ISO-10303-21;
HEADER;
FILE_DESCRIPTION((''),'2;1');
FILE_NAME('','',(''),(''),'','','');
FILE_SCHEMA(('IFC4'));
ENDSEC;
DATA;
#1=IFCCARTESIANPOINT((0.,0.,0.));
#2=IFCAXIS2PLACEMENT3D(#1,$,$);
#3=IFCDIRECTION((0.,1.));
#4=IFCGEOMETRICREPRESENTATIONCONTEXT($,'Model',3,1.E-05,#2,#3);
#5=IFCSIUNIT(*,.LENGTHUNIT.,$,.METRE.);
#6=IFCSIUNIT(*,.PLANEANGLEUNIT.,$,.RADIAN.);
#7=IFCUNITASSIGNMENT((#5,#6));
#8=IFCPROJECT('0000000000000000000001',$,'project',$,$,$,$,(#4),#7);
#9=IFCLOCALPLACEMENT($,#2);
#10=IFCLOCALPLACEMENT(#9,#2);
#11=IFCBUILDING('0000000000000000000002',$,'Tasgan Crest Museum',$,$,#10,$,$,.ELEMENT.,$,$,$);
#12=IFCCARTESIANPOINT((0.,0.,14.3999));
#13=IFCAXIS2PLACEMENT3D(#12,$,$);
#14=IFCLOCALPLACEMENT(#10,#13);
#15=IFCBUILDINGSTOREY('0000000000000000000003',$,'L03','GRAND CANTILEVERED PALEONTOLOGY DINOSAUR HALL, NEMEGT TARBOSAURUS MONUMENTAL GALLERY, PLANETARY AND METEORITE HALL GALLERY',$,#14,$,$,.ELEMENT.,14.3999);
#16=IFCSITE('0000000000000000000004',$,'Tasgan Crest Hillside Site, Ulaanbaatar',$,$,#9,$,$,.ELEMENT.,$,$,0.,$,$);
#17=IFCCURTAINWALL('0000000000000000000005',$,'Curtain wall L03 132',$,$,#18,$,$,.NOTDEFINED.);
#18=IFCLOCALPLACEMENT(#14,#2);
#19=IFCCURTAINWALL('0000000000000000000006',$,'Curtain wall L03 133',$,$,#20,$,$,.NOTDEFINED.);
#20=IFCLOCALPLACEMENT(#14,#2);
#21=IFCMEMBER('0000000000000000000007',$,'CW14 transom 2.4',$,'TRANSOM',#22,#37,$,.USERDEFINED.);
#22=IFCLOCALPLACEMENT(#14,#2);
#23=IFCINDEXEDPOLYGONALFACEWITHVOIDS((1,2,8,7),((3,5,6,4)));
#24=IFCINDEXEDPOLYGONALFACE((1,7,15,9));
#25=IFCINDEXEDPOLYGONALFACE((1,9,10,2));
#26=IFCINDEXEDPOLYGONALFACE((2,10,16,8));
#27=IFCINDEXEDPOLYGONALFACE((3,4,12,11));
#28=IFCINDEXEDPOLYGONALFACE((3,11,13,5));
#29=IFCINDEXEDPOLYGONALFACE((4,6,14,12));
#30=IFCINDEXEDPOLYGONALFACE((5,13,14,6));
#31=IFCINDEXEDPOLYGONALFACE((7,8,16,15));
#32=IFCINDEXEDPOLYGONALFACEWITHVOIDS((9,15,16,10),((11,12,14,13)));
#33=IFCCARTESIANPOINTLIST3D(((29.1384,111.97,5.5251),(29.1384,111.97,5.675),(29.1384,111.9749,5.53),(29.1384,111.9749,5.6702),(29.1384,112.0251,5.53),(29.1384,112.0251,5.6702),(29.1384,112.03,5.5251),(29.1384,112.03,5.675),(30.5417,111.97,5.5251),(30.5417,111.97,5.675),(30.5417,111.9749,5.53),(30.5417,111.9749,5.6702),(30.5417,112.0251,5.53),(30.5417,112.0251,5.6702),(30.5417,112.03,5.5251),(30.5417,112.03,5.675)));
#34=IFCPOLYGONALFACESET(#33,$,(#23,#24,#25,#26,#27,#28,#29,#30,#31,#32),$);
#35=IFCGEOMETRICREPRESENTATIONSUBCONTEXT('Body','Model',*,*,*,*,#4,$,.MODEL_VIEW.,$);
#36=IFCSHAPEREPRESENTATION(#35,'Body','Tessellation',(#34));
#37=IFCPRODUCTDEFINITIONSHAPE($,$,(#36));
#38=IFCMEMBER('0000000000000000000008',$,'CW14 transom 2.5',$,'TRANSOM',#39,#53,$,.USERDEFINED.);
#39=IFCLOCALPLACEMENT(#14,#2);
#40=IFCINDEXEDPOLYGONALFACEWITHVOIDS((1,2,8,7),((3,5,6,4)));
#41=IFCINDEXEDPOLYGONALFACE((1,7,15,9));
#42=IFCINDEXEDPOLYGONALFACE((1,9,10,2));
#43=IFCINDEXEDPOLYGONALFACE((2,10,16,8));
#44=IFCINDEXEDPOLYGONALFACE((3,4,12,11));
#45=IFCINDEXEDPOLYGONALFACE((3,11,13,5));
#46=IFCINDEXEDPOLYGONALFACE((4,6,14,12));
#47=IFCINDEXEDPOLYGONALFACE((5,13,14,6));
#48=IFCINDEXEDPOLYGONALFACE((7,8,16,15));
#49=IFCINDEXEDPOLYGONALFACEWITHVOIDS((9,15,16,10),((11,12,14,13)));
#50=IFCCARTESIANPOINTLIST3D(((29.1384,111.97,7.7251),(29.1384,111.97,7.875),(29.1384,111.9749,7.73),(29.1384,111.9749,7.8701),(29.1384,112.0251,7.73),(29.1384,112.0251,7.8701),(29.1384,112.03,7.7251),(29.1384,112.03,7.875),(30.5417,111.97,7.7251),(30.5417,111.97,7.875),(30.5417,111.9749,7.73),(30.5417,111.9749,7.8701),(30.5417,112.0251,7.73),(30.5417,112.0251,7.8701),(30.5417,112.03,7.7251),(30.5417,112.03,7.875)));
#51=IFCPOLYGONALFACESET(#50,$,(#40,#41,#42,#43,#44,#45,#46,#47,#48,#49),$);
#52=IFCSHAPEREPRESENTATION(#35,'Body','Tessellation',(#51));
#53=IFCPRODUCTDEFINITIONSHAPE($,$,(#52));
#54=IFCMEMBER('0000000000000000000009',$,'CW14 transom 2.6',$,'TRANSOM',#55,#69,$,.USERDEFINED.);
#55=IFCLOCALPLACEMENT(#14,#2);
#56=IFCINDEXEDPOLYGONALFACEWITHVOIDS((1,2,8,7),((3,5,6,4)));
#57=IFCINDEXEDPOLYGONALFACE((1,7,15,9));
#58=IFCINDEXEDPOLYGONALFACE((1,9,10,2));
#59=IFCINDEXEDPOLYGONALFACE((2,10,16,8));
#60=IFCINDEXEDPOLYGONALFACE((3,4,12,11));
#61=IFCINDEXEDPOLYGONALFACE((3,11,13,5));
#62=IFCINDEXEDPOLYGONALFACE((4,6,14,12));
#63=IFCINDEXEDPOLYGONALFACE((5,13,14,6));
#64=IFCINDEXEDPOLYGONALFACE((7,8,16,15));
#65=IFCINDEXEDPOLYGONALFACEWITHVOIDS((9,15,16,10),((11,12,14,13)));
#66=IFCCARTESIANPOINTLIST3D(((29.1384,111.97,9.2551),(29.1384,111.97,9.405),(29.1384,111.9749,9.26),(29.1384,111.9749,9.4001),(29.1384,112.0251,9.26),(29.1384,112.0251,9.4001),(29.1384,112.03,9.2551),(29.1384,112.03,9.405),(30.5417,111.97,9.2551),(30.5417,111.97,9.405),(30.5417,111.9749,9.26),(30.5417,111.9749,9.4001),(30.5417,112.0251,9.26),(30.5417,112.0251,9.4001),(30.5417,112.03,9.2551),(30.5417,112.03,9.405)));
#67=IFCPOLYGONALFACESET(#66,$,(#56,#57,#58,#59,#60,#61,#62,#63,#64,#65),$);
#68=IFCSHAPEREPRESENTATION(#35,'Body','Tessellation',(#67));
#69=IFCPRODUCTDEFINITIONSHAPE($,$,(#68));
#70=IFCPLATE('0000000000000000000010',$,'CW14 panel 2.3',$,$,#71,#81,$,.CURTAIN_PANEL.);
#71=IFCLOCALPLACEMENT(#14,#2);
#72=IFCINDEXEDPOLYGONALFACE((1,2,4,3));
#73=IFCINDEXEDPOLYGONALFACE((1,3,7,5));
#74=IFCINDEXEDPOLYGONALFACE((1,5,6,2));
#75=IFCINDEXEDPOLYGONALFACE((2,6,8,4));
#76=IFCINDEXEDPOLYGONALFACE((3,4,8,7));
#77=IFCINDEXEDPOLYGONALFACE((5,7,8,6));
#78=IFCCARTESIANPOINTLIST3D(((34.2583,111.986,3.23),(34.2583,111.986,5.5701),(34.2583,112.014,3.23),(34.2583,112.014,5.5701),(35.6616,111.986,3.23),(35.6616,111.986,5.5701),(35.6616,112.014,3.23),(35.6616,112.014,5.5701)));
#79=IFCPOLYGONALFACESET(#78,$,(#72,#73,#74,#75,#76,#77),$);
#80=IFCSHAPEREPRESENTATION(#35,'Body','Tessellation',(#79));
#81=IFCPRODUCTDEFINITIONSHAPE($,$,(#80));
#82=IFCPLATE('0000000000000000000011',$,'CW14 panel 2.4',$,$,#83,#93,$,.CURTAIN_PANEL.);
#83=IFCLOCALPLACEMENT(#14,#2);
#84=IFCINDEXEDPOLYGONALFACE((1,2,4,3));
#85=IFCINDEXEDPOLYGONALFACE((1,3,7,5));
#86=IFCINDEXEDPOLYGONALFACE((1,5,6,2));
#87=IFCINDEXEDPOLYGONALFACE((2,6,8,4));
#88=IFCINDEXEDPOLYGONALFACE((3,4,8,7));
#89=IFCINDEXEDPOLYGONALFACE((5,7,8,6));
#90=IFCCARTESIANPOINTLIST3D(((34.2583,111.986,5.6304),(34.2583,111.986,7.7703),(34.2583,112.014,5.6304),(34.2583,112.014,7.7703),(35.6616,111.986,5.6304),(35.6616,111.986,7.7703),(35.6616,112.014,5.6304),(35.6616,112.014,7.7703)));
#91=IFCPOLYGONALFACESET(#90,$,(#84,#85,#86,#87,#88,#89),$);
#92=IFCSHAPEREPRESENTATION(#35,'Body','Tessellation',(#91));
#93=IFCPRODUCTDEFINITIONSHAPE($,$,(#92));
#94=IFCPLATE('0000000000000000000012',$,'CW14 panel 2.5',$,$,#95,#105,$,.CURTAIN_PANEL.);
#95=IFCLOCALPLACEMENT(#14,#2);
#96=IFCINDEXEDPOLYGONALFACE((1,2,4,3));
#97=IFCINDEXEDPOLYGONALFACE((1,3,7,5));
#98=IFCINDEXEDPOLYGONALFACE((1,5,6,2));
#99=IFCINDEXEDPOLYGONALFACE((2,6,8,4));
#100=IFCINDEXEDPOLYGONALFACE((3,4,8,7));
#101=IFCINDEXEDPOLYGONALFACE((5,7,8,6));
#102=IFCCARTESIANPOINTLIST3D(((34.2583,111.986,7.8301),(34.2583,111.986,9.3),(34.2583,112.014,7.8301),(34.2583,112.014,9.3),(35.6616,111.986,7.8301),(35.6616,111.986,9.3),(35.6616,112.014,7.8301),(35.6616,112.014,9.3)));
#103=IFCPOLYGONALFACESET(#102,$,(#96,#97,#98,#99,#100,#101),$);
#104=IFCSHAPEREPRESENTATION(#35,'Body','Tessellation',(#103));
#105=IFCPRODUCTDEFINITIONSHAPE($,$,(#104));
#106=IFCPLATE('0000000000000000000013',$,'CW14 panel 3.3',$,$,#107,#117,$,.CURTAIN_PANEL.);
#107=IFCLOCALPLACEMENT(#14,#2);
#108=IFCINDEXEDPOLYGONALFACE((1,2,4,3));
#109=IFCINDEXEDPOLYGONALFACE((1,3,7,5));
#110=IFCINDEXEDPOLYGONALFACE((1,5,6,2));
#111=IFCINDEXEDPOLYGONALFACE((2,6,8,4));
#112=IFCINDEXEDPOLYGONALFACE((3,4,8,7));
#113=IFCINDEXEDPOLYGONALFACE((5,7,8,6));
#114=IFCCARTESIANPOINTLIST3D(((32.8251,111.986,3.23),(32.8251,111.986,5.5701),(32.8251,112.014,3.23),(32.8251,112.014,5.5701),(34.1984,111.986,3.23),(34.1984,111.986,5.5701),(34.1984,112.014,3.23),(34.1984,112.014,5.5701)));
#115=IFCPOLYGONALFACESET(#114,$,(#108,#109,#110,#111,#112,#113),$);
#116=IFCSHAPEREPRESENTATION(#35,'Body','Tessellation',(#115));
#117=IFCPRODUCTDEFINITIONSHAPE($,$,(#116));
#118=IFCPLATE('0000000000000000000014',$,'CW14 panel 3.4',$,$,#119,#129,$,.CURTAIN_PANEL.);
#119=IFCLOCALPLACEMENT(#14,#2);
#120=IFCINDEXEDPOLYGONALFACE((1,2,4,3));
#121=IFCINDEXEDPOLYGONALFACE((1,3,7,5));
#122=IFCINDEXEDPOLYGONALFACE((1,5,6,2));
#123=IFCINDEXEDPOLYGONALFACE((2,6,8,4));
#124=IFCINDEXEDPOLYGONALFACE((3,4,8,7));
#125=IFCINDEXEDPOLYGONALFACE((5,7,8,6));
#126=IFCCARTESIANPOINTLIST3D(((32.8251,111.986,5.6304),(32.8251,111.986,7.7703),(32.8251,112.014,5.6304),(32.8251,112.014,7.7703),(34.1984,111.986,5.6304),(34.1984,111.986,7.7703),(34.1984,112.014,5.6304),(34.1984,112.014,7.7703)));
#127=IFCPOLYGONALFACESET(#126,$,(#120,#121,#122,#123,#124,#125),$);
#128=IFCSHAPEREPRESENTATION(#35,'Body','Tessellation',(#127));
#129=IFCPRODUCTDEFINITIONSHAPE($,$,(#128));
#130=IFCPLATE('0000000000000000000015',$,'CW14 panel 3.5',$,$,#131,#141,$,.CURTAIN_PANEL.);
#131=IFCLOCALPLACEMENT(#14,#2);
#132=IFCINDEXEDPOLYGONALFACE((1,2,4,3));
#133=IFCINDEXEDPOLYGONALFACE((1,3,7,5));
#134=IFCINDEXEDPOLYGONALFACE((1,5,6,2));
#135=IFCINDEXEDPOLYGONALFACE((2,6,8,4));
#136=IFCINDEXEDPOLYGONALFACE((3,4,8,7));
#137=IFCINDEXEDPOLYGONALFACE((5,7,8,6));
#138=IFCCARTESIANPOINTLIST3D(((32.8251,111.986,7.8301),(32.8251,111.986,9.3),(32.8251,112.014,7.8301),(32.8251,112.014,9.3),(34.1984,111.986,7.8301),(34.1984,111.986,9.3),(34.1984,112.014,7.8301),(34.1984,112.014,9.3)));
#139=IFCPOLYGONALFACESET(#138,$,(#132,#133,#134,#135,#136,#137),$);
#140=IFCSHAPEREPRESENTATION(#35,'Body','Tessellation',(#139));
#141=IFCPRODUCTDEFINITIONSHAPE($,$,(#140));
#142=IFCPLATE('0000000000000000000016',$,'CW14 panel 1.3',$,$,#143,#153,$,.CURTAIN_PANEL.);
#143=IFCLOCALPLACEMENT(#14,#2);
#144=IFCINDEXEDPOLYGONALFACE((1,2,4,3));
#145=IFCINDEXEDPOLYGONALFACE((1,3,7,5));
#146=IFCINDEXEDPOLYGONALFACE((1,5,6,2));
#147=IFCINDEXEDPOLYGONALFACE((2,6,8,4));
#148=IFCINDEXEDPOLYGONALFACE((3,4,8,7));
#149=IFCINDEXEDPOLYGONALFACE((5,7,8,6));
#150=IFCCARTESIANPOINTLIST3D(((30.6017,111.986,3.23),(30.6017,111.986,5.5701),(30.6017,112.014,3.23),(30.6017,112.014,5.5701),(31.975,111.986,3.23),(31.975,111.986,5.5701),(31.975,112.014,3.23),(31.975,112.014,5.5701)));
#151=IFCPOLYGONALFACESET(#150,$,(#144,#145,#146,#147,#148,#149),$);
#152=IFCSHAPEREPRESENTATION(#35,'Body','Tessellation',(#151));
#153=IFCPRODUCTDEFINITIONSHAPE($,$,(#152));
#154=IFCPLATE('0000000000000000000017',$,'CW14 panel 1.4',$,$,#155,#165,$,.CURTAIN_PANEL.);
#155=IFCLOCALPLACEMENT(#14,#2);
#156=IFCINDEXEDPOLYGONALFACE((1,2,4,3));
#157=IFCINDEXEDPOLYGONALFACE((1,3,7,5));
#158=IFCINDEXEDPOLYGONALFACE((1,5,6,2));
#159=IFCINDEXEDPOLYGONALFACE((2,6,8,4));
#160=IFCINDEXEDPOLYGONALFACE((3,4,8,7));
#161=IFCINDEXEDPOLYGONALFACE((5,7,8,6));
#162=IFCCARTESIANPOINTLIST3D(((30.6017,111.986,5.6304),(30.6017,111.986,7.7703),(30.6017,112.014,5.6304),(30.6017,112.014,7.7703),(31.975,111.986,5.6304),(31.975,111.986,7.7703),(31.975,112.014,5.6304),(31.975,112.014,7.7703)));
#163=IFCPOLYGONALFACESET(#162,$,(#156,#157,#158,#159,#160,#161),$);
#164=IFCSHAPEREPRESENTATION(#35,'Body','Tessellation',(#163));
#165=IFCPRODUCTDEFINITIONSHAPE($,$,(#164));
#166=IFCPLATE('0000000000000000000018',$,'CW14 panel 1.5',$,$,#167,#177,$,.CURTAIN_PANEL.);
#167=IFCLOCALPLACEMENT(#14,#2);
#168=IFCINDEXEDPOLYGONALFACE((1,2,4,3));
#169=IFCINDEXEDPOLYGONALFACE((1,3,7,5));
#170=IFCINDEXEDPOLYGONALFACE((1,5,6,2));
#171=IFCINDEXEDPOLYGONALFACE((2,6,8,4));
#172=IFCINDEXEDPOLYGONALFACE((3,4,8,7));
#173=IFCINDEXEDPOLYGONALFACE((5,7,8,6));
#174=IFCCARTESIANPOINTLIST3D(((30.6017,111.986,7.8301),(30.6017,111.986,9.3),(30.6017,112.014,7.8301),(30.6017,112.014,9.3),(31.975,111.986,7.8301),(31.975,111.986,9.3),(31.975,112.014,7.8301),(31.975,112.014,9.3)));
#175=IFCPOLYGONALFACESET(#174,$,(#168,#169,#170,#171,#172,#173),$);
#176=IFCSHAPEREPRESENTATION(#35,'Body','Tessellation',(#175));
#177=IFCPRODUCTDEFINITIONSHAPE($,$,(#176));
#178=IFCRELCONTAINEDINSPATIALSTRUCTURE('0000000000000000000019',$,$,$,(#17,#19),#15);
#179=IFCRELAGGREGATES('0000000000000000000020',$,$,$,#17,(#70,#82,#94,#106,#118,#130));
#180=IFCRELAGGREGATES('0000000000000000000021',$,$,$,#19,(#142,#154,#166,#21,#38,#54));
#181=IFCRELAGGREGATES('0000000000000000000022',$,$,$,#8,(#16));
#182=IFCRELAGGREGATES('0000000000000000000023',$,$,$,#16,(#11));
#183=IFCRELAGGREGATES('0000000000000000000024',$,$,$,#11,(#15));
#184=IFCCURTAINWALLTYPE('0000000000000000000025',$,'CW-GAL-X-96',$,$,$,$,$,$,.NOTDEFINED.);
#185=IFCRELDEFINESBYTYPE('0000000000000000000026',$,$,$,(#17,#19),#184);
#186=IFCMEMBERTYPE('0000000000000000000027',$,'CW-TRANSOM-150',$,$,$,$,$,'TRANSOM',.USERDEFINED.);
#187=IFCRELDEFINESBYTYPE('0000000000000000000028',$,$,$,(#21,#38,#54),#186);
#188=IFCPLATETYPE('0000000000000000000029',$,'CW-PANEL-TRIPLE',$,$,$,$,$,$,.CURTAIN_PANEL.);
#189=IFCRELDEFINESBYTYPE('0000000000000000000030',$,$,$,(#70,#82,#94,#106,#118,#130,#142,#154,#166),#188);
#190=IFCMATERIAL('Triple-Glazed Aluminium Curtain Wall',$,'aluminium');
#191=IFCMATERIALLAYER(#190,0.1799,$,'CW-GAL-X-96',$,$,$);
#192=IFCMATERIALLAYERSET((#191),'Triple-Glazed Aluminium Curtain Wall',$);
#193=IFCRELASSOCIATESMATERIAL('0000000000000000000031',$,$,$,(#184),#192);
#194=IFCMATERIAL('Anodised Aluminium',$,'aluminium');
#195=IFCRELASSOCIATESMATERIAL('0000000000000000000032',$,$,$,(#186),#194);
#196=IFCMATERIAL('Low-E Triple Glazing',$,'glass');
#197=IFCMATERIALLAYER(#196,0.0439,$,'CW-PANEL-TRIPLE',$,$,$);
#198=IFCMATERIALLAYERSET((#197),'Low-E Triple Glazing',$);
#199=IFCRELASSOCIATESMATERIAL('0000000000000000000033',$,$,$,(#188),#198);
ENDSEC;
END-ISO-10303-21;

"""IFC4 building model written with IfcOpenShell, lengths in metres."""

from ifc_helpers import new_model, si_unit, direction, frame, origin, origin_2d, place, context, subcontext, project, spatial, rectangle, hollow_rectangle, extrude, material, layer, layer_set, material_profile, profile_set, type_object, element, aggregate, save


model = new_model("IFC4")

# Units and contexts
model_context = context("Model", 3, precision=1e-05, world=origin(), true_north=direction((0.0, 1.0)))
body_context = subcontext(model_context, "Body", "Model", "MODEL_VIEW")
ifc_project = project(units=[si_unit("LENGTHUNIT", "METRE"), si_unit("PLANEANGLEUNIT", "RADIAN")], contexts=[model_context])

# Site, building, storey
site_placement = place(None, origin())
site = spatial("IfcSite", under=ifc_project, at=site_placement, Name="Tasgan Crest Hillside Site, Ulaanbaatar", CompositionType="ELEMENT", RefElevation=0.0)
building_placement = place(site_placement, origin())
building = spatial("IfcBuilding", under=site, at=building_placement, Name="Tasgan Crest Museum", CompositionType="ELEMENT")
storey_placement = place(building_placement, frame((0.0, 0.0, 14.3999)))
storey = spatial("IfcBuildingStorey", under=building, at=storey_placement, Name="L03", Description="GRAND CANTILEVERED PALEONTOLOGY DINOSAUR HALL, NEMEGT TARBOSAURUS MONUMENTAL GALLERY, PLANETARY AND METEORITE HALL GALLERY", CompositionType="ELEMENT", Elevation=14.3999)

# Curtain walls, members
ifc_material_1 = material(Name="Triple-Glazed Aluminium Curtain Wall", Category="aluminium")
ifc_layer_1 = layer(ifc_material_1, 0.1799, Name="CW-GAL-X-96")
ifc_layer_set_1 = layer_set([ifc_layer_1], Name="Triple-Glazed Aluminium Curtain Wall")
curtain_wall_type = type_object("IfcCurtainWallType", Name="CW-GAL-X-96", PredefinedType="NOTDEFINED", material=ifc_layer_set_1)
curtain_wall_1_placement = place(storey_placement, origin())
curtain_wall_1 = element("IfcCurtainWall", 1, at=curtain_wall_1_placement, inside=storey, type_object=curtain_wall_type, Name="Curtain wall L03 132", PredefinedType="NOTDEFINED")
ifc_material_2 = material(Name="Anodised Aluminium", Category="aluminium")
ifc_material_profile = material_profile(ifc_material_2, hollow_rectangle(XDim=0.0601, YDim=0.1499, WallThickness=0.0049, at=origin_2d()), Name="ALU TRANSOM 150x60x5")
ifc_profile_set = profile_set([ifc_material_profile], Name="Anodised Aluminium")
member_type = type_object("IfcMemberType", Name="CW-TRANSOM-150", ElementType="TRANSOM", PredefinedType="USERDEFINED", material=ifc_profile_set)
curtain_wall_2_placement = place(storey_placement, origin())
curtain_wall_2 = element("IfcCurtainWall", 2, at=curtain_wall_2_placement, inside=storey, type_object=curtain_wall_type, Name="Curtain wall L03 133", PredefinedType="NOTDEFINED")
member_1_placement = place(storey_placement, frame((30.5417, 112.0, 5.6001), z_axis=(-1.0, 0.0, 0.0), x_axis=(0.0, -1.0, 0.0)))
member_1 = element("IfcMember", 3, at=member_1_placement, type_object=member_type, Name="CW14 transom 2.4", ObjectType="TRANSOM", PredefinedType="USERDEFINED", context=body_context, shape_type="SweptSolid", body=[
    extrude(hollow_rectangle(XDim=0.0601, YDim=0.1499, WallThickness=0.0049, at=origin_2d()), origin(), (0.0, 0.0, 1.0), 1.4033),
])
member_2_placement = place(storey_placement, frame((30.5417, 112.0, 7.8), z_axis=(-1.0, 0.0, 0.0), x_axis=(0.0, -1.0, 0.0)))
member_2 = element("IfcMember", 4, at=member_2_placement, type_object=member_type, Name="CW14 transom 2.5", ObjectType="TRANSOM", PredefinedType="USERDEFINED", context=body_context, shape_type="SweptSolid", body=[
    extrude(hollow_rectangle(XDim=0.0601, YDim=0.1499, WallThickness=0.0049, at=origin_2d()), origin(), (0.0, 0.0, 1.0), 1.4033),
])
member_3_placement = place(storey_placement, frame((30.5417, 112.0, 9.3301), z_axis=(-1.0, 0.0, 0.0), x_axis=(0.0, -1.0, 0.0)))
member_3 = element("IfcMember", 5, at=member_3_placement, type_object=member_type, Name="CW14 transom 2.6", ObjectType="TRANSOM", PredefinedType="USERDEFINED", context=body_context, shape_type="SweptSolid", body=[
    extrude(hollow_rectangle(XDim=0.0601, YDim=0.1499, WallThickness=0.0049, at=origin_2d()), origin(), (0.0, 0.0, 1.0), 1.4033),
])

# Plates
ifc_material_3 = material(Name="Low-E Triple Glazing", Category="glass")
ifc_layer_2 = layer(ifc_material_3, 0.0439, Name="CW-PANEL-TRIPLE")
ifc_layer_set_2 = layer_set([ifc_layer_2], Name="Low-E Triple Glazing")
plate_type = type_object("IfcPlateType", Name="CW-PANEL-TRIPLE", PredefinedType="CURTAIN_PANEL", material=ifc_layer_set_2)
plate_1_placement = place(storey_placement, frame((34.96, 112.0, 3.23), z_axis=(0.0, 0.0, 1.0), x_axis=(-1.0, 0.0, 0.0)))
plate_1 = element("IfcPlate", 6, at=plate_1_placement, type_object=plate_type, Name="CW14 panel 2.3", PredefinedType="CURTAIN_PANEL", context=body_context, shape_type="SweptSolid", body=[
    extrude(rectangle(XDim=1.4033, YDim=0.0281, at=origin_2d()), origin(), (0.0, 0.0, 1.0), 2.3401),
])
plate_2_placement = place(storey_placement, frame((34.96, 112.0, 5.6304), z_axis=(0.0, 0.0, 1.0), x_axis=(-1.0, 0.0, 0.0)))
plate_2 = element("IfcPlate", 7, at=plate_2_placement, type_object=plate_type, Name="CW14 panel 2.4", PredefinedType="CURTAIN_PANEL", context=body_context, shape_type="SweptSolid", body=[
    extrude(rectangle(XDim=1.4033, YDim=0.0281, at=origin_2d()), origin(), (0.0, 0.0, 1.0), 2.1399),
])
plate_3_placement = place(storey_placement, frame((34.96, 112.0, 7.8301), z_axis=(0.0, 0.0, 1.0), x_axis=(-1.0, 0.0, 0.0)))
plate_3 = element("IfcPlate", 8, at=plate_3_placement, type_object=plate_type, Name="CW14 panel 2.5", PredefinedType="CURTAIN_PANEL", context=body_context, shape_type="SweptSolid", body=[
    extrude(rectangle(XDim=1.4033, YDim=0.0281, at=origin_2d()), origin(), (0.0, 0.0, 1.0), 1.47),
])
plate_4_placement = place(storey_placement, frame((33.5117, 112.0, 3.23), z_axis=(0.0, 0.0, 1.0), x_axis=(-1.0, 0.0, 0.0)))
plate_4 = element("IfcPlate", 9, at=plate_4_placement, type_object=plate_type, Name="CW14 panel 3.3", PredefinedType="CURTAIN_PANEL", context=body_context, shape_type="SweptSolid", body=[
    extrude(rectangle(XDim=1.3733, YDim=0.0281, at=origin_2d()), origin(), (0.0, 0.0, 1.0), 2.3401),
])
plate_5_placement = place(storey_placement, frame((33.5117, 112.0, 5.6304), z_axis=(0.0, 0.0, 1.0), x_axis=(-1.0, 0.0, 0.0)))
plate_5 = element("IfcPlate", 10, at=plate_5_placement, type_object=plate_type, Name="CW14 panel 3.4", PredefinedType="CURTAIN_PANEL", context=body_context, shape_type="SweptSolid", body=[
    extrude(rectangle(XDim=1.3733, YDim=0.0281, at=origin_2d()), origin(), (0.0, 0.0, 1.0), 2.1399),
])
plate_6_placement = place(storey_placement, frame((33.5117, 112.0, 7.8301), z_axis=(0.0, 0.0, 1.0), x_axis=(-1.0, 0.0, 0.0)))
plate_6 = element("IfcPlate", 11, at=plate_6_placement, type_object=plate_type, Name="CW14 panel 3.5", PredefinedType="CURTAIN_PANEL", context=body_context, shape_type="SweptSolid", body=[
    extrude(rectangle(XDim=1.3733, YDim=0.0281, at=origin_2d()), origin(), (0.0, 0.0, 1.0), 1.47),
])
aggregate(curtain_wall_1, [plate_1, plate_2, plate_3, plate_4, plate_5, plate_6])
plate_7_placement = place(storey_placement, frame((31.2883, 112.0, 3.23), z_axis=(0.0, 0.0, 1.0), x_axis=(-1.0, 0.0, 0.0)))
plate_7 = element("IfcPlate", 12, at=plate_7_placement, type_object=plate_type, Name="CW14 panel 1.3", PredefinedType="CURTAIN_PANEL", context=body_context, shape_type="SweptSolid", body=[
    extrude(rectangle(XDim=1.3733, YDim=0.0281, at=origin_2d()), origin(), (0.0, 0.0, 1.0), 2.3401),
])
plate_8_placement = place(storey_placement, frame((31.2883, 112.0, 5.6304), z_axis=(0.0, 0.0, 1.0), x_axis=(-1.0, 0.0, 0.0)))
plate_8 = element("IfcPlate", 13, at=plate_8_placement, type_object=plate_type, Name="CW14 panel 1.4", PredefinedType="CURTAIN_PANEL", context=body_context, shape_type="SweptSolid", body=[
    extrude(rectangle(XDim=1.3733, YDim=0.0281, at=origin_2d()), origin(), (0.0, 0.0, 1.0), 2.1399),
])
plate_9_placement = place(storey_placement, frame((31.2883, 112.0, 7.8301), z_axis=(0.0, 0.0, 1.0), x_axis=(-1.0, 0.0, 0.0)))
plate_9 = element("IfcPlate", 14, at=plate_9_placement, type_object=plate_type, Name="CW14 panel 1.5", PredefinedType="CURTAIN_PANEL", context=body_context, shape_type="SweptSolid", body=[
    extrude(rectangle(XDim=1.3733, YDim=0.0281, at=origin_2d()), origin(), (0.0, 0.0, 1.0), 1.47),
])
aggregate(curtain_wall_2, [plate_7, plate_8, plate_9, member_1, member_2, member_3])

save(model, "model.ifc")
